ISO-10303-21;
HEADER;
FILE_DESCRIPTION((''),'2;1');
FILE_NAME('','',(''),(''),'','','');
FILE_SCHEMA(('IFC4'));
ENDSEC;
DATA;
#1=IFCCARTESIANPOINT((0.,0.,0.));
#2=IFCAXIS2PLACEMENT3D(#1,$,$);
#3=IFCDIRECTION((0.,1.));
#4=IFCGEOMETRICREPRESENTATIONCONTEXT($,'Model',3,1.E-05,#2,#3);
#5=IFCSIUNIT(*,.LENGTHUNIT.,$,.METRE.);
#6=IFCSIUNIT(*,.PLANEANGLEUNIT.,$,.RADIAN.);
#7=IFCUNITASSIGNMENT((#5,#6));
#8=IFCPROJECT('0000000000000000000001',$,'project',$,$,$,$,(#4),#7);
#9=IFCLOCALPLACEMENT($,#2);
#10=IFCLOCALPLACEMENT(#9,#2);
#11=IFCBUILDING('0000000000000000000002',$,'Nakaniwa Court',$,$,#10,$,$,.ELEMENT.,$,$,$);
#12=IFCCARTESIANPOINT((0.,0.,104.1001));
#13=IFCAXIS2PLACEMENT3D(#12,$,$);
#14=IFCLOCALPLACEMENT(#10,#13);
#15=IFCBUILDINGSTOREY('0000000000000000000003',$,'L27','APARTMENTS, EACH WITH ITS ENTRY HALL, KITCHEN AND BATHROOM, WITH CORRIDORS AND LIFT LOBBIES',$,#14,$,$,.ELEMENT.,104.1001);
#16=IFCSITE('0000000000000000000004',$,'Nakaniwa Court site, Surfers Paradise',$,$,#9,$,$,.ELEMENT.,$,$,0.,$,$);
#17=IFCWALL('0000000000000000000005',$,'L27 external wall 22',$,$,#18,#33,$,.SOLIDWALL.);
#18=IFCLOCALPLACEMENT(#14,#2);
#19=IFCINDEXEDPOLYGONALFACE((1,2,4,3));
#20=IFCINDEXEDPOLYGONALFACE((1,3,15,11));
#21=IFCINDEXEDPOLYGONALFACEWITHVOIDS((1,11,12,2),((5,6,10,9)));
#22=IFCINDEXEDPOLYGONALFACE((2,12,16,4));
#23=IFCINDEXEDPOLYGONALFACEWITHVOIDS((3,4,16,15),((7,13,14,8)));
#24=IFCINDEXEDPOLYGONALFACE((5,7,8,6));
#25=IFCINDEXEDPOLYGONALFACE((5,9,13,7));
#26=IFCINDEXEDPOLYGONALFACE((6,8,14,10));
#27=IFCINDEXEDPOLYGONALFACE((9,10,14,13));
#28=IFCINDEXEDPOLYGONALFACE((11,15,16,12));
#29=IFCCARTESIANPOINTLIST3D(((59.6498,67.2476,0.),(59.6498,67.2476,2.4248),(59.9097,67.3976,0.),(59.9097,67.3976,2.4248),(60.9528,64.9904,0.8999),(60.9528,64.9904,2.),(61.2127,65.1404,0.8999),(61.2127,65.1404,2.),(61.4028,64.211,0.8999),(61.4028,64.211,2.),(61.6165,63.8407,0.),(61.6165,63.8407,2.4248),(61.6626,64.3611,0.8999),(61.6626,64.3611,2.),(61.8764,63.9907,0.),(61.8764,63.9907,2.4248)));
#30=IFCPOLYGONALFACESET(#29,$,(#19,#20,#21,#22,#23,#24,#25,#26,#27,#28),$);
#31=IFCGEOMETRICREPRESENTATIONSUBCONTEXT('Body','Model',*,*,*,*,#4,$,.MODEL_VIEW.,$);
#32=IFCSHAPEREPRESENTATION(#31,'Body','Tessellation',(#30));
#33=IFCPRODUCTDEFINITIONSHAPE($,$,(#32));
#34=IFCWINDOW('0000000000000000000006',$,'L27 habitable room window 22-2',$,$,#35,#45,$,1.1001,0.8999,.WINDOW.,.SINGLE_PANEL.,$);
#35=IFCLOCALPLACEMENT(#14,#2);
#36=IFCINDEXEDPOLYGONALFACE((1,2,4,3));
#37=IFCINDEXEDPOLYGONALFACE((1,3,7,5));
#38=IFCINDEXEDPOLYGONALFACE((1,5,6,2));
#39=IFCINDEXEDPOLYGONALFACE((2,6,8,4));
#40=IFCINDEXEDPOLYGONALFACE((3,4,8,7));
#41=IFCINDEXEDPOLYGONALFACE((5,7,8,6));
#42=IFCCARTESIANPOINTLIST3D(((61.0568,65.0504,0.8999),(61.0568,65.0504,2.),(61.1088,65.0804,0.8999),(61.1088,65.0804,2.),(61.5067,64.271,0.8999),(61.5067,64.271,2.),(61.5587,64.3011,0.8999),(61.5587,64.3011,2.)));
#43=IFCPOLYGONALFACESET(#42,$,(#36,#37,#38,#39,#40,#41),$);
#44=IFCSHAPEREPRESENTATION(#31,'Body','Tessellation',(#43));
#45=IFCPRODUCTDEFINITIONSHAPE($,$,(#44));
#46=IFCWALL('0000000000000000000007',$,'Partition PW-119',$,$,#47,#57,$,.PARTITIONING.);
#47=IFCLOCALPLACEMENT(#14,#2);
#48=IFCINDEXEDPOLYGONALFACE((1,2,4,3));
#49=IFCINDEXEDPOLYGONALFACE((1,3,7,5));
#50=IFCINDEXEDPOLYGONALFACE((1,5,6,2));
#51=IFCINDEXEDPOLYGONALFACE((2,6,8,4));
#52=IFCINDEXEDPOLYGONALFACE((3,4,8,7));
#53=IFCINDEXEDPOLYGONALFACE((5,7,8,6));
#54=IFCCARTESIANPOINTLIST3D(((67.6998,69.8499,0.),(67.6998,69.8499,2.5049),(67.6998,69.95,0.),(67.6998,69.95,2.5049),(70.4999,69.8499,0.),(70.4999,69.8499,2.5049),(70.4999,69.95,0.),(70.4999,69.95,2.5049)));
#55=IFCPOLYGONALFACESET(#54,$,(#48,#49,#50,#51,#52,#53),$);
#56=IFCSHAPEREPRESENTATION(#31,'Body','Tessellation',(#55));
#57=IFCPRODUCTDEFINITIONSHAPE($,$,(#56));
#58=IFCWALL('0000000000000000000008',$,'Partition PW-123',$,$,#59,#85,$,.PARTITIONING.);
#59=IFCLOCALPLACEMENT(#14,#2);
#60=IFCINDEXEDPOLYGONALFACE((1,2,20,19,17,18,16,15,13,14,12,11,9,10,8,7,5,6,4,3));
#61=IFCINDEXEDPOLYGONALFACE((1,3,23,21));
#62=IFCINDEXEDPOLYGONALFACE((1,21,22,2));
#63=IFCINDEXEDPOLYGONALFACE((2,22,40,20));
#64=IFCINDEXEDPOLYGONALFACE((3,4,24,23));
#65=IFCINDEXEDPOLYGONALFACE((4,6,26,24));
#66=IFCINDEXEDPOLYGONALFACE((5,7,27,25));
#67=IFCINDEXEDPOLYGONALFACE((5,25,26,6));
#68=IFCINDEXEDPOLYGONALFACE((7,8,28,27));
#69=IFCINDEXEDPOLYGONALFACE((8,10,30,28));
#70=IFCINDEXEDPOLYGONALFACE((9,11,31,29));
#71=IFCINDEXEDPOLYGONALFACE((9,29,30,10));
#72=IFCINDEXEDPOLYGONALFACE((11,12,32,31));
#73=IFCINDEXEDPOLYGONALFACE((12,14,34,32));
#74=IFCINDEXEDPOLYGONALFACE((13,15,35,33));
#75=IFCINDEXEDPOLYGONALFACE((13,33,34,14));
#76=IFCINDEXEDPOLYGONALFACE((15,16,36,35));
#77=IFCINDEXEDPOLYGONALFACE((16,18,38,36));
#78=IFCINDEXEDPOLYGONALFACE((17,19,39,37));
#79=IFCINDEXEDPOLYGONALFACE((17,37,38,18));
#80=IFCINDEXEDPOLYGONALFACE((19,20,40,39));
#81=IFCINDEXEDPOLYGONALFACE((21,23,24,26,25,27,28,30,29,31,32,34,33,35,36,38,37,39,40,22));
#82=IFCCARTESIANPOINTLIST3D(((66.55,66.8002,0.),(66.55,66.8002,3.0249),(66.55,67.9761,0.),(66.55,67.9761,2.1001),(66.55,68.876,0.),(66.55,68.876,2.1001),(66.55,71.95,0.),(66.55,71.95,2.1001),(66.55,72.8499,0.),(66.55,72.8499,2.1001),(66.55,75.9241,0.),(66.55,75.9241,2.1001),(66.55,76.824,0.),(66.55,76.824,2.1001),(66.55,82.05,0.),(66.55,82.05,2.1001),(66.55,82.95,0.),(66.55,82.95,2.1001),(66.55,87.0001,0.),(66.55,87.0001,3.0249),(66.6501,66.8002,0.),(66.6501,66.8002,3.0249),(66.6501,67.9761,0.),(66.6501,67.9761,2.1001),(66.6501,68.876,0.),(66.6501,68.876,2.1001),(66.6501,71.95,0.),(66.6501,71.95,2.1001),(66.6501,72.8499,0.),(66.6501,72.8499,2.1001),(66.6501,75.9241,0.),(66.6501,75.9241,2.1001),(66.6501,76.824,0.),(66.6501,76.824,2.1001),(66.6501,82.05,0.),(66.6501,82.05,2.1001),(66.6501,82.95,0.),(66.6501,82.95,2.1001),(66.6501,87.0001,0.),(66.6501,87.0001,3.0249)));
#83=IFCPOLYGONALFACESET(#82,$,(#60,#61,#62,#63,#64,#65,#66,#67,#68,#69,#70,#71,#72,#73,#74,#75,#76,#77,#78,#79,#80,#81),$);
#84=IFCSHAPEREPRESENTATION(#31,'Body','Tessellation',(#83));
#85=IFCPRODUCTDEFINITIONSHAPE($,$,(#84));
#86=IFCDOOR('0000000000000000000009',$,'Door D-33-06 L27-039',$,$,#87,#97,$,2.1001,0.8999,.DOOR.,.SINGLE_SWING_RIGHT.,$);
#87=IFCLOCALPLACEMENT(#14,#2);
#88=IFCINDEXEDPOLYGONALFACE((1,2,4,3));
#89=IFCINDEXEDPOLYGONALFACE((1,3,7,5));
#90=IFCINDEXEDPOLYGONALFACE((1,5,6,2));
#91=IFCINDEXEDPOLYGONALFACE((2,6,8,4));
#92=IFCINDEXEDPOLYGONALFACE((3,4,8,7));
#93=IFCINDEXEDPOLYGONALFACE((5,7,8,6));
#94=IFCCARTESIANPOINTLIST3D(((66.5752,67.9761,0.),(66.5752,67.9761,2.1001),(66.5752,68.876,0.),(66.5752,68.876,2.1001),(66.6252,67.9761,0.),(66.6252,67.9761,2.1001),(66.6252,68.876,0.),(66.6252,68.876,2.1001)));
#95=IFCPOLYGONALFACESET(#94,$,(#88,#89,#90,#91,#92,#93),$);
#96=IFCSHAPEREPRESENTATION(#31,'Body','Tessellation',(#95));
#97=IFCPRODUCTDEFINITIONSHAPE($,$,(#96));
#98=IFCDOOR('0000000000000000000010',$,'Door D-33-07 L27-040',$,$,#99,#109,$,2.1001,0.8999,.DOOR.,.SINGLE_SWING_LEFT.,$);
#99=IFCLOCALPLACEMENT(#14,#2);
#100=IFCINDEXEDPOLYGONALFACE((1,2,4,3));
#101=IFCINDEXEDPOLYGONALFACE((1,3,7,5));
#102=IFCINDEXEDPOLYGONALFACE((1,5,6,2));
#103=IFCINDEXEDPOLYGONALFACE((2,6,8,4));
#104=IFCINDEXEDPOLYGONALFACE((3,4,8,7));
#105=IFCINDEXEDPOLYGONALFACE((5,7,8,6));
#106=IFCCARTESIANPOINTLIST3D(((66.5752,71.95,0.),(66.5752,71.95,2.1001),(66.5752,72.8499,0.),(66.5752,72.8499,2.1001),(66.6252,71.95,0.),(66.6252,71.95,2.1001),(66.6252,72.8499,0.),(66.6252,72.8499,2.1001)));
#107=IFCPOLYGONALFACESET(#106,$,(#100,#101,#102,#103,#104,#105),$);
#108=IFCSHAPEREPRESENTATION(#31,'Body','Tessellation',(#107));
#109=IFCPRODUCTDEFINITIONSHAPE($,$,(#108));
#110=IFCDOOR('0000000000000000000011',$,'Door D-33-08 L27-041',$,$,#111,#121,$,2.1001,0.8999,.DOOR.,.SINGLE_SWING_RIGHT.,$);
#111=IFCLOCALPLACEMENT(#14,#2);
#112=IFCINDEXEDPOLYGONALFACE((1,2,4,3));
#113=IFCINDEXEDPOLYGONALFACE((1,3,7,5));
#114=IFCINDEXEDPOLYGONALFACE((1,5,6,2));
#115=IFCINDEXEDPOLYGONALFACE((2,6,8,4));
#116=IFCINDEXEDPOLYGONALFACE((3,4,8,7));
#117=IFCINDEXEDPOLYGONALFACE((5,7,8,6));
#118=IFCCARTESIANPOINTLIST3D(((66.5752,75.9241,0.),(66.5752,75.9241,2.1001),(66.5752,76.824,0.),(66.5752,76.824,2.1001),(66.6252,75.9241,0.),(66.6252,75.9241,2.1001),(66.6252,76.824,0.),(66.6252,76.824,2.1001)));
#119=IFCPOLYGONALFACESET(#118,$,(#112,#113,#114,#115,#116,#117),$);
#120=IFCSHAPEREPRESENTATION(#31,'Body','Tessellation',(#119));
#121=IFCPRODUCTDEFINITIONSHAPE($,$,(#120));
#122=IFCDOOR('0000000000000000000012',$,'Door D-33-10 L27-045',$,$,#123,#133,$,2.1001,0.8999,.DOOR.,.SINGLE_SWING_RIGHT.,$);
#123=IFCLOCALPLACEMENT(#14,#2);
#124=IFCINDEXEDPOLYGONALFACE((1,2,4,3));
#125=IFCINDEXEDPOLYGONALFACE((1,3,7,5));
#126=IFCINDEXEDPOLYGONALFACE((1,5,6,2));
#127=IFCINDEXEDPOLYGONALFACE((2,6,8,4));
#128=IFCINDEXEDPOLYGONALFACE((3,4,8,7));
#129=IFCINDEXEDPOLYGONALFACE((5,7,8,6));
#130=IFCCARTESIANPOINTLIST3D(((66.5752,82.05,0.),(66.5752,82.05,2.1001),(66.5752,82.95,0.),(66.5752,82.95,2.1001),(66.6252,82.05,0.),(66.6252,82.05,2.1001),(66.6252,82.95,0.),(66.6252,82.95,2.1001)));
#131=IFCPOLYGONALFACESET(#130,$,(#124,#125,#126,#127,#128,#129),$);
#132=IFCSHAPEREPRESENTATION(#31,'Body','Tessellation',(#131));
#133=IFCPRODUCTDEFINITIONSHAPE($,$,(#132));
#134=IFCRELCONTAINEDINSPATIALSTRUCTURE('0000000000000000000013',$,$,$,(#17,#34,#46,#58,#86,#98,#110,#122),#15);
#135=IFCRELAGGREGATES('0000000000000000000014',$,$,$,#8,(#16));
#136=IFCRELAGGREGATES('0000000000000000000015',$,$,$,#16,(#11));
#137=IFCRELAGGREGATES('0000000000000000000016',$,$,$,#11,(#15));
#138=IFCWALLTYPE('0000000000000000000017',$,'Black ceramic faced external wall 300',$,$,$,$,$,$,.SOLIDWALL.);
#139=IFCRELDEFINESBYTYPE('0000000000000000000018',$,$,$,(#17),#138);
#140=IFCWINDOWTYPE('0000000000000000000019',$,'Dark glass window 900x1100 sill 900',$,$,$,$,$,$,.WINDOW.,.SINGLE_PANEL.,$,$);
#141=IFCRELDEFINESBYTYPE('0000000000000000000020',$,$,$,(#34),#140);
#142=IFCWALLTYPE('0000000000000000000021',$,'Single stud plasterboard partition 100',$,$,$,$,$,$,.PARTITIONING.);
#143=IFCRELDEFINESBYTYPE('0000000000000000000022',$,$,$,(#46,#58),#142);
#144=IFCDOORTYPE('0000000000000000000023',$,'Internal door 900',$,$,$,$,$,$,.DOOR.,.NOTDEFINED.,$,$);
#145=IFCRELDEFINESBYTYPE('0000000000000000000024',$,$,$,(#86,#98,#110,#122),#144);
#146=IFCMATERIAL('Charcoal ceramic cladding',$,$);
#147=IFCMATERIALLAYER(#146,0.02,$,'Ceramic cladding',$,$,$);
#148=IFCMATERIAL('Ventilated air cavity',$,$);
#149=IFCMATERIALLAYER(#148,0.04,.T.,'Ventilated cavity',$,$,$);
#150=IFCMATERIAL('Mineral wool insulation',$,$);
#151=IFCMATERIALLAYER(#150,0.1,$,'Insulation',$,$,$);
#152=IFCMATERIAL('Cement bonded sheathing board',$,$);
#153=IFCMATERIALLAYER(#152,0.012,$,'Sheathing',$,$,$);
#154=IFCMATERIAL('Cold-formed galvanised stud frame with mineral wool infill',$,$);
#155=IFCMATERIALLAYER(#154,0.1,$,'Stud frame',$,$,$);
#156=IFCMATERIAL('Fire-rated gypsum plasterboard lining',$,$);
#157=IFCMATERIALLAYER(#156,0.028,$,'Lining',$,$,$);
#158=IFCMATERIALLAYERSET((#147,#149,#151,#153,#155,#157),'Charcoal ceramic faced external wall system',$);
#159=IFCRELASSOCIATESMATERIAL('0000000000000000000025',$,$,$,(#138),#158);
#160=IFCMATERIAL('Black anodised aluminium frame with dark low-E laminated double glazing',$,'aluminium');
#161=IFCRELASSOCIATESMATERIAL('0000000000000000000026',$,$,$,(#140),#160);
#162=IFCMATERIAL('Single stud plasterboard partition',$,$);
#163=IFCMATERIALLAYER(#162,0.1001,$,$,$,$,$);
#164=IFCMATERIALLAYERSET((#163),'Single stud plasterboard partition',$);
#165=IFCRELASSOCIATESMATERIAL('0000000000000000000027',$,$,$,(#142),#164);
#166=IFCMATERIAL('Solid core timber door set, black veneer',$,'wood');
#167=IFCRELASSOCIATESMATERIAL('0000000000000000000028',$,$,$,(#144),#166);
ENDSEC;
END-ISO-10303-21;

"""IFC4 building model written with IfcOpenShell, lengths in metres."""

from ifc_helpers import new_model, si_unit, direction, frame, frame_2d, origin, place, context, subcontext, project, spatial, rectangle, extrude, material, layer, layer_set, type_object, element, fill, save


model = new_model("IFC4")

# Units and contexts
model_context = context("Model", 3, precision=1e-05, world=origin(), true_north=direction((0.0, 1.0)))
body_context = subcontext(model_context, "Body", "Model", "MODEL_VIEW")
ifc_project = project(units=[si_unit("LENGTHUNIT", "METRE"), si_unit("PLANEANGLEUNIT", "RADIAN")], contexts=[model_context])

# Site, building, storey
site_placement = place(None, origin())
site = spatial("IfcSite", under=ifc_project, at=site_placement, Name="Nakaniwa Court site, Surfers Paradise", CompositionType="ELEMENT", RefElevation=0.0)
building_placement = place(site_placement, origin())
building = spatial("IfcBuilding", under=site, at=building_placement, Name="Nakaniwa Court", CompositionType="ELEMENT")
storey_placement = place(building_placement, frame((0.0, 0.0, 104.1001)))
storey = spatial("IfcBuildingStorey", under=building, at=storey_placement, Name="L27", Description="APARTMENTS, EACH WITH ITS ENTRY HALL, KITCHEN AND BATHROOM, WITH CORRIDORS AND LIFT LOBBIES", CompositionType="ELEMENT", Elevation=104.1001)

# Shared definitions
ifc_material_1 = material(Name="Solid core timber door set, black veneer", Category="wood")

# Wall, opening, window
ifc_material_2 = material(Name="Charcoal ceramic cladding")
ifc_layer_1 = layer(ifc_material_2, 0.02, Name="Ceramic cladding")
ifc_material_3 = material(Name="Ventilated air cavity")
ifc_layer_2 = layer(ifc_material_3, 0.04, ventilated=True, Name="Ventilated cavity")
ifc_material_4 = material(Name="Mineral wool insulation")
ifc_layer_3 = layer(ifc_material_4, 0.1, Name="Insulation")
ifc_material_5 = material(Name="Cement bonded sheathing board")
ifc_layer_4 = layer(ifc_material_5, 0.012, Name="Sheathing")
ifc_material_6 = material(Name="Cold-formed galvanised stud frame with mineral wool infill")
ifc_layer_5 = layer(ifc_material_6, 0.1, Name="Stud frame")
ifc_material_7 = material(Name="Fire-rated gypsum plasterboard lining")
ifc_layer_6 = layer(ifc_material_7, 0.028, Name="Lining")
ifc_layer_set_1 = layer_set([ifc_layer_1, ifc_layer_2, ifc_layer_3, ifc_layer_4, ifc_layer_5, ifc_layer_6], Name="Charcoal ceramic faced external wall system")
wall_type_1 = type_object("IfcWallType", Name="Black ceramic faced external wall 300", PredefinedType="SOLIDWALL", material=ifc_layer_set_1)
ifc_material_8 = material(Name="Black anodised aluminium frame with dark low-E laminated double glazing", Category="aluminium")
wall_1_placement = place(storey_placement, frame((59.7798, 67.3225, 0.0), z_axis=(0.0, 0.0, 1.0), x_axis=(0.499957, -0.86605, 0.0)))
wall_1 = element("IfcWall", 1, at=wall_1_placement, inside=storey, type_object=wall_type_1, Name="L27 external wall 22", PredefinedType="SOLIDWALL", context=body_context, shape_type="SweptSolid", body=[
    extrude(rectangle(XDim=3.9338, YDim=0.3, at=frame_2d((1.9668, 0.0))), origin(), (0.0, 0.0, 1.0), 2.4248),
])
opening_1_placement = place(wall_1_placement, frame((2.6062, 0.0, 0.8999)))
opening_1 = element("IfcOpeningElement", 2, at=opening_1_placement, cuts=wall_1, PredefinedType="OPENING", context=body_context, shape_type="SweptSolid", body=[
    extrude(rectangle(XDim=0.8999, YDim=1.1001, at=frame_2d((0.45, 0.55))), frame((0.0, 0.1599, 0.0), z_axis=(0.0, -1.0, 0.0), x_axis=(1.0, 0.0, 0.0)), (0.0, 0.0, 1.0), 0.3201),
])
window_type_1 = type_object("IfcWindowType", Name="Dark glass window 900x1100 sill 900", PartitioningType="SINGLE_PANEL", PredefinedType="WINDOW", material=ifc_material_8)
window_1_placement = place(opening_1_placement, origin())
window_1 = element("IfcWindow", 3, at=window_1_placement, inside=storey, type_object=window_type_1, Name="L27 habitable room window 22-2", OverallHeight=1.1001, OverallWidth=0.8999, PartitioningType="SINGLE_PANEL", PredefinedType="WINDOW", context=body_context, shape_type="SweptSolid", body=[
    extrude(rectangle(XDim=0.8999, YDim=1.1001, at=frame_2d((0.45, 0.55))), frame((0.0, 0.03, 0.0), z_axis=(0.0, -1.0, 0.0), x_axis=(1.0, 0.0, 0.0)), (0.0, 0.0, 1.0), 0.0601),
])
fill(opening_1, window_1)

# Wall
ifc_material_9 = material(Name="Single stud plasterboard partition")
ifc_layer_7 = layer(ifc_material_9, 0.1001)
ifc_layer_set_2 = layer_set([ifc_layer_7], Name="Single stud plasterboard partition")
wall_type_2 = type_object("IfcWallType", Name="Single stud plasterboard partition 100", PredefinedType="PARTITIONING", material=ifc_layer_set_2)
wall_2_placement = place(storey_placement, frame((67.7, 69.8999, 0.0), z_axis=(0.0, 0.0, 1.0), x_axis=(1.0, 0.0, 0.0)))
element("IfcWall", 4, at=wall_2_placement, inside=storey, type_object=wall_type_2, Name="Partition PW-119", PredefinedType="PARTITIONING", context=body_context, shape_type="SweptSolid", body=[
    extrude(rectangle(XDim=2.8, YDim=0.1001, at=frame_2d((1.3999, 0.0))), origin(), (0.0, 0.0, 1.0), 2.5049),
])

# Wall, openings, doors
wall_3_placement = place(storey_placement, frame((66.6001, 66.8, 0.0), z_axis=(0.0, 0.0, 1.0), x_axis=(0.0, 1.0, 0.0)))
wall_3 = element("IfcWall", 5, at=wall_3_placement, inside=storey, type_object=wall_type_2, Name="Partition PW-123", PredefinedType="PARTITIONING", context=body_context, shape_type="SweptSolid", body=[
    extrude(rectangle(XDim=20.2, YDim=0.1001, at=frame_2d((10.1001, 0.0))), origin(), (0.0, 0.0, 1.0), 3.0249),
])
opening_2_placement = place(wall_3_placement, frame((1.176, 0.0, 0.0)))
opening_2 = element("IfcOpeningElement", 6, at=opening_2_placement, cuts=wall_3, PredefinedType="OPENING", context=body_context, shape_type="SweptSolid", body=[
    extrude(rectangle(XDim=0.8999, YDim=2.1001, at=frame_2d((0.45, 1.05))), frame((0.0, 0.0601, 0.0), z_axis=(0.0, -1.0, 0.0), x_axis=(1.0, 0.0, 0.0)), (0.0, 0.0, 1.0), 0.1201),
])
opening_3_placement = place(wall_3_placement, frame((5.1499, 0.0, 0.0)))
opening_3 = element("IfcOpeningElement", 7, at=opening_3_placement, cuts=wall_3, PredefinedType="OPENING", context=body_context, shape_type="SweptSolid", body=[
    extrude(rectangle(XDim=0.8999, YDim=2.1001, at=frame_2d((0.45, 1.05))), frame((0.0, 0.0601, 0.0), z_axis=(0.0, -1.0, 0.0), x_axis=(1.0, 0.0, 0.0)), (0.0, 0.0, 1.0), 0.1201),
])
opening_4_placement = place(wall_3_placement, frame((9.124, 0.0, 0.0)))
opening_4 = element("IfcOpeningElement", 8, at=opening_4_placement, cuts=wall_3, PredefinedType="OPENING", context=body_context, shape_type="SweptSolid", body=[
    extrude(rectangle(XDim=0.8999, YDim=2.1001, at=frame_2d((0.45, 1.05))), frame((0.0, 0.0601, 0.0), z_axis=(0.0, -1.0, 0.0), x_axis=(1.0, 0.0, 0.0)), (0.0, 0.0, 1.0), 0.1201),
])
opening_5_placement = place(wall_3_placement, frame((15.25, 0.0, 0.0)))
opening_5 = element("IfcOpeningElement", 9, at=opening_5_placement, cuts=wall_3, PredefinedType="OPENING", context=body_context, shape_type="SweptSolid", body=[
    extrude(rectangle(XDim=0.8999, YDim=2.1001, at=frame_2d((0.45, 1.05))), frame((0.0, 0.0601, 0.0), z_axis=(0.0, -1.0, 0.0), x_axis=(1.0, 0.0, 0.0)), (0.0, 0.0, 1.0), 0.1201),
])
door_type_1 = type_object("IfcDoorType", Name="Internal door 900", OperationType="NOTDEFINED", PredefinedType="DOOR", material=ifc_material_1)
door_1_placement = place(opening_2_placement, origin())
door_1 = element("IfcDoor", 10, at=door_1_placement, inside=storey, type_object=door_type_1, Name="Door D-33-06 L27-039", OperationType="SINGLE_SWING_RIGHT", OverallHeight=2.1001, OverallWidth=0.8999, PredefinedType="DOOR", context=body_context, shape_type="SweptSolid", body=[
    extrude(rectangle(XDim=0.8999, YDim=2.1001, at=frame_2d((0.45, 1.05))), frame((0.0, 0.0249, 0.0), z_axis=(0.0, -1.0, 0.0), x_axis=(1.0, 0.0, 0.0)), (0.0, 0.0, 1.0), 0.05),
])
fill(opening_2, door_1)
door_2_placement = place(opening_3_placement, origin())
door_2 = element("IfcDoor", 11, at=door_2_placement, inside=storey, type_object=door_type_1, Name="Door D-33-07 L27-040", OperationType="SINGLE_SWING_LEFT", OverallHeight=2.1001, OverallWidth=0.8999, PredefinedType="DOOR", context=body_context, shape_type="SweptSolid", body=[
    extrude(rectangle(XDim=0.8999, YDim=2.1001, at=frame_2d((0.45, 1.05))), frame((0.0, 0.0249, 0.0), z_axis=(0.0, -1.0, 0.0), x_axis=(1.0, 0.0, 0.0)), (0.0, 0.0, 1.0), 0.05),
])
fill(opening_3, door_2)
door_3_placement = place(opening_4_placement, origin())
door_3 = element("IfcDoor", 12, at=door_3_placement, inside=storey, type_object=door_type_1, Name="Door D-33-08 L27-041", OperationType="SINGLE_SWING_RIGHT", OverallHeight=2.1001, OverallWidth=0.8999, PredefinedType="DOOR", context=body_context, shape_type="SweptSolid", body=[
    extrude(rectangle(XDim=0.8999, YDim=2.1001, at=frame_2d((0.45, 1.05))), frame((0.0, 0.0249, 0.0), z_axis=(0.0, -1.0, 0.0), x_axis=(1.0, 0.0, 0.0)), (0.0, 0.0, 1.0), 0.05),
])
fill(opening_4, door_3)
door_4_placement = place(opening_5_placement, origin())
door_4 = element("IfcDoor", 13, at=door_4_placement, inside=storey, type_object=door_type_1, Name="Door D-33-10 L27-045", OperationType="SINGLE_SWING_RIGHT", OverallHeight=2.1001, OverallWidth=0.8999, PredefinedType="DOOR", context=body_context, shape_type="SweptSolid", body=[
    extrude(rectangle(XDim=0.8999, YDim=2.1001, at=frame_2d((0.45, 1.05))), frame((0.0, 0.0249, 0.0), z_axis=(0.0, -1.0, 0.0), x_axis=(1.0, 0.0, 0.0)), (0.0, 0.0, 1.0), 0.05),
])
fill(opening_5, door_4)

save(model, "model.ifc")
